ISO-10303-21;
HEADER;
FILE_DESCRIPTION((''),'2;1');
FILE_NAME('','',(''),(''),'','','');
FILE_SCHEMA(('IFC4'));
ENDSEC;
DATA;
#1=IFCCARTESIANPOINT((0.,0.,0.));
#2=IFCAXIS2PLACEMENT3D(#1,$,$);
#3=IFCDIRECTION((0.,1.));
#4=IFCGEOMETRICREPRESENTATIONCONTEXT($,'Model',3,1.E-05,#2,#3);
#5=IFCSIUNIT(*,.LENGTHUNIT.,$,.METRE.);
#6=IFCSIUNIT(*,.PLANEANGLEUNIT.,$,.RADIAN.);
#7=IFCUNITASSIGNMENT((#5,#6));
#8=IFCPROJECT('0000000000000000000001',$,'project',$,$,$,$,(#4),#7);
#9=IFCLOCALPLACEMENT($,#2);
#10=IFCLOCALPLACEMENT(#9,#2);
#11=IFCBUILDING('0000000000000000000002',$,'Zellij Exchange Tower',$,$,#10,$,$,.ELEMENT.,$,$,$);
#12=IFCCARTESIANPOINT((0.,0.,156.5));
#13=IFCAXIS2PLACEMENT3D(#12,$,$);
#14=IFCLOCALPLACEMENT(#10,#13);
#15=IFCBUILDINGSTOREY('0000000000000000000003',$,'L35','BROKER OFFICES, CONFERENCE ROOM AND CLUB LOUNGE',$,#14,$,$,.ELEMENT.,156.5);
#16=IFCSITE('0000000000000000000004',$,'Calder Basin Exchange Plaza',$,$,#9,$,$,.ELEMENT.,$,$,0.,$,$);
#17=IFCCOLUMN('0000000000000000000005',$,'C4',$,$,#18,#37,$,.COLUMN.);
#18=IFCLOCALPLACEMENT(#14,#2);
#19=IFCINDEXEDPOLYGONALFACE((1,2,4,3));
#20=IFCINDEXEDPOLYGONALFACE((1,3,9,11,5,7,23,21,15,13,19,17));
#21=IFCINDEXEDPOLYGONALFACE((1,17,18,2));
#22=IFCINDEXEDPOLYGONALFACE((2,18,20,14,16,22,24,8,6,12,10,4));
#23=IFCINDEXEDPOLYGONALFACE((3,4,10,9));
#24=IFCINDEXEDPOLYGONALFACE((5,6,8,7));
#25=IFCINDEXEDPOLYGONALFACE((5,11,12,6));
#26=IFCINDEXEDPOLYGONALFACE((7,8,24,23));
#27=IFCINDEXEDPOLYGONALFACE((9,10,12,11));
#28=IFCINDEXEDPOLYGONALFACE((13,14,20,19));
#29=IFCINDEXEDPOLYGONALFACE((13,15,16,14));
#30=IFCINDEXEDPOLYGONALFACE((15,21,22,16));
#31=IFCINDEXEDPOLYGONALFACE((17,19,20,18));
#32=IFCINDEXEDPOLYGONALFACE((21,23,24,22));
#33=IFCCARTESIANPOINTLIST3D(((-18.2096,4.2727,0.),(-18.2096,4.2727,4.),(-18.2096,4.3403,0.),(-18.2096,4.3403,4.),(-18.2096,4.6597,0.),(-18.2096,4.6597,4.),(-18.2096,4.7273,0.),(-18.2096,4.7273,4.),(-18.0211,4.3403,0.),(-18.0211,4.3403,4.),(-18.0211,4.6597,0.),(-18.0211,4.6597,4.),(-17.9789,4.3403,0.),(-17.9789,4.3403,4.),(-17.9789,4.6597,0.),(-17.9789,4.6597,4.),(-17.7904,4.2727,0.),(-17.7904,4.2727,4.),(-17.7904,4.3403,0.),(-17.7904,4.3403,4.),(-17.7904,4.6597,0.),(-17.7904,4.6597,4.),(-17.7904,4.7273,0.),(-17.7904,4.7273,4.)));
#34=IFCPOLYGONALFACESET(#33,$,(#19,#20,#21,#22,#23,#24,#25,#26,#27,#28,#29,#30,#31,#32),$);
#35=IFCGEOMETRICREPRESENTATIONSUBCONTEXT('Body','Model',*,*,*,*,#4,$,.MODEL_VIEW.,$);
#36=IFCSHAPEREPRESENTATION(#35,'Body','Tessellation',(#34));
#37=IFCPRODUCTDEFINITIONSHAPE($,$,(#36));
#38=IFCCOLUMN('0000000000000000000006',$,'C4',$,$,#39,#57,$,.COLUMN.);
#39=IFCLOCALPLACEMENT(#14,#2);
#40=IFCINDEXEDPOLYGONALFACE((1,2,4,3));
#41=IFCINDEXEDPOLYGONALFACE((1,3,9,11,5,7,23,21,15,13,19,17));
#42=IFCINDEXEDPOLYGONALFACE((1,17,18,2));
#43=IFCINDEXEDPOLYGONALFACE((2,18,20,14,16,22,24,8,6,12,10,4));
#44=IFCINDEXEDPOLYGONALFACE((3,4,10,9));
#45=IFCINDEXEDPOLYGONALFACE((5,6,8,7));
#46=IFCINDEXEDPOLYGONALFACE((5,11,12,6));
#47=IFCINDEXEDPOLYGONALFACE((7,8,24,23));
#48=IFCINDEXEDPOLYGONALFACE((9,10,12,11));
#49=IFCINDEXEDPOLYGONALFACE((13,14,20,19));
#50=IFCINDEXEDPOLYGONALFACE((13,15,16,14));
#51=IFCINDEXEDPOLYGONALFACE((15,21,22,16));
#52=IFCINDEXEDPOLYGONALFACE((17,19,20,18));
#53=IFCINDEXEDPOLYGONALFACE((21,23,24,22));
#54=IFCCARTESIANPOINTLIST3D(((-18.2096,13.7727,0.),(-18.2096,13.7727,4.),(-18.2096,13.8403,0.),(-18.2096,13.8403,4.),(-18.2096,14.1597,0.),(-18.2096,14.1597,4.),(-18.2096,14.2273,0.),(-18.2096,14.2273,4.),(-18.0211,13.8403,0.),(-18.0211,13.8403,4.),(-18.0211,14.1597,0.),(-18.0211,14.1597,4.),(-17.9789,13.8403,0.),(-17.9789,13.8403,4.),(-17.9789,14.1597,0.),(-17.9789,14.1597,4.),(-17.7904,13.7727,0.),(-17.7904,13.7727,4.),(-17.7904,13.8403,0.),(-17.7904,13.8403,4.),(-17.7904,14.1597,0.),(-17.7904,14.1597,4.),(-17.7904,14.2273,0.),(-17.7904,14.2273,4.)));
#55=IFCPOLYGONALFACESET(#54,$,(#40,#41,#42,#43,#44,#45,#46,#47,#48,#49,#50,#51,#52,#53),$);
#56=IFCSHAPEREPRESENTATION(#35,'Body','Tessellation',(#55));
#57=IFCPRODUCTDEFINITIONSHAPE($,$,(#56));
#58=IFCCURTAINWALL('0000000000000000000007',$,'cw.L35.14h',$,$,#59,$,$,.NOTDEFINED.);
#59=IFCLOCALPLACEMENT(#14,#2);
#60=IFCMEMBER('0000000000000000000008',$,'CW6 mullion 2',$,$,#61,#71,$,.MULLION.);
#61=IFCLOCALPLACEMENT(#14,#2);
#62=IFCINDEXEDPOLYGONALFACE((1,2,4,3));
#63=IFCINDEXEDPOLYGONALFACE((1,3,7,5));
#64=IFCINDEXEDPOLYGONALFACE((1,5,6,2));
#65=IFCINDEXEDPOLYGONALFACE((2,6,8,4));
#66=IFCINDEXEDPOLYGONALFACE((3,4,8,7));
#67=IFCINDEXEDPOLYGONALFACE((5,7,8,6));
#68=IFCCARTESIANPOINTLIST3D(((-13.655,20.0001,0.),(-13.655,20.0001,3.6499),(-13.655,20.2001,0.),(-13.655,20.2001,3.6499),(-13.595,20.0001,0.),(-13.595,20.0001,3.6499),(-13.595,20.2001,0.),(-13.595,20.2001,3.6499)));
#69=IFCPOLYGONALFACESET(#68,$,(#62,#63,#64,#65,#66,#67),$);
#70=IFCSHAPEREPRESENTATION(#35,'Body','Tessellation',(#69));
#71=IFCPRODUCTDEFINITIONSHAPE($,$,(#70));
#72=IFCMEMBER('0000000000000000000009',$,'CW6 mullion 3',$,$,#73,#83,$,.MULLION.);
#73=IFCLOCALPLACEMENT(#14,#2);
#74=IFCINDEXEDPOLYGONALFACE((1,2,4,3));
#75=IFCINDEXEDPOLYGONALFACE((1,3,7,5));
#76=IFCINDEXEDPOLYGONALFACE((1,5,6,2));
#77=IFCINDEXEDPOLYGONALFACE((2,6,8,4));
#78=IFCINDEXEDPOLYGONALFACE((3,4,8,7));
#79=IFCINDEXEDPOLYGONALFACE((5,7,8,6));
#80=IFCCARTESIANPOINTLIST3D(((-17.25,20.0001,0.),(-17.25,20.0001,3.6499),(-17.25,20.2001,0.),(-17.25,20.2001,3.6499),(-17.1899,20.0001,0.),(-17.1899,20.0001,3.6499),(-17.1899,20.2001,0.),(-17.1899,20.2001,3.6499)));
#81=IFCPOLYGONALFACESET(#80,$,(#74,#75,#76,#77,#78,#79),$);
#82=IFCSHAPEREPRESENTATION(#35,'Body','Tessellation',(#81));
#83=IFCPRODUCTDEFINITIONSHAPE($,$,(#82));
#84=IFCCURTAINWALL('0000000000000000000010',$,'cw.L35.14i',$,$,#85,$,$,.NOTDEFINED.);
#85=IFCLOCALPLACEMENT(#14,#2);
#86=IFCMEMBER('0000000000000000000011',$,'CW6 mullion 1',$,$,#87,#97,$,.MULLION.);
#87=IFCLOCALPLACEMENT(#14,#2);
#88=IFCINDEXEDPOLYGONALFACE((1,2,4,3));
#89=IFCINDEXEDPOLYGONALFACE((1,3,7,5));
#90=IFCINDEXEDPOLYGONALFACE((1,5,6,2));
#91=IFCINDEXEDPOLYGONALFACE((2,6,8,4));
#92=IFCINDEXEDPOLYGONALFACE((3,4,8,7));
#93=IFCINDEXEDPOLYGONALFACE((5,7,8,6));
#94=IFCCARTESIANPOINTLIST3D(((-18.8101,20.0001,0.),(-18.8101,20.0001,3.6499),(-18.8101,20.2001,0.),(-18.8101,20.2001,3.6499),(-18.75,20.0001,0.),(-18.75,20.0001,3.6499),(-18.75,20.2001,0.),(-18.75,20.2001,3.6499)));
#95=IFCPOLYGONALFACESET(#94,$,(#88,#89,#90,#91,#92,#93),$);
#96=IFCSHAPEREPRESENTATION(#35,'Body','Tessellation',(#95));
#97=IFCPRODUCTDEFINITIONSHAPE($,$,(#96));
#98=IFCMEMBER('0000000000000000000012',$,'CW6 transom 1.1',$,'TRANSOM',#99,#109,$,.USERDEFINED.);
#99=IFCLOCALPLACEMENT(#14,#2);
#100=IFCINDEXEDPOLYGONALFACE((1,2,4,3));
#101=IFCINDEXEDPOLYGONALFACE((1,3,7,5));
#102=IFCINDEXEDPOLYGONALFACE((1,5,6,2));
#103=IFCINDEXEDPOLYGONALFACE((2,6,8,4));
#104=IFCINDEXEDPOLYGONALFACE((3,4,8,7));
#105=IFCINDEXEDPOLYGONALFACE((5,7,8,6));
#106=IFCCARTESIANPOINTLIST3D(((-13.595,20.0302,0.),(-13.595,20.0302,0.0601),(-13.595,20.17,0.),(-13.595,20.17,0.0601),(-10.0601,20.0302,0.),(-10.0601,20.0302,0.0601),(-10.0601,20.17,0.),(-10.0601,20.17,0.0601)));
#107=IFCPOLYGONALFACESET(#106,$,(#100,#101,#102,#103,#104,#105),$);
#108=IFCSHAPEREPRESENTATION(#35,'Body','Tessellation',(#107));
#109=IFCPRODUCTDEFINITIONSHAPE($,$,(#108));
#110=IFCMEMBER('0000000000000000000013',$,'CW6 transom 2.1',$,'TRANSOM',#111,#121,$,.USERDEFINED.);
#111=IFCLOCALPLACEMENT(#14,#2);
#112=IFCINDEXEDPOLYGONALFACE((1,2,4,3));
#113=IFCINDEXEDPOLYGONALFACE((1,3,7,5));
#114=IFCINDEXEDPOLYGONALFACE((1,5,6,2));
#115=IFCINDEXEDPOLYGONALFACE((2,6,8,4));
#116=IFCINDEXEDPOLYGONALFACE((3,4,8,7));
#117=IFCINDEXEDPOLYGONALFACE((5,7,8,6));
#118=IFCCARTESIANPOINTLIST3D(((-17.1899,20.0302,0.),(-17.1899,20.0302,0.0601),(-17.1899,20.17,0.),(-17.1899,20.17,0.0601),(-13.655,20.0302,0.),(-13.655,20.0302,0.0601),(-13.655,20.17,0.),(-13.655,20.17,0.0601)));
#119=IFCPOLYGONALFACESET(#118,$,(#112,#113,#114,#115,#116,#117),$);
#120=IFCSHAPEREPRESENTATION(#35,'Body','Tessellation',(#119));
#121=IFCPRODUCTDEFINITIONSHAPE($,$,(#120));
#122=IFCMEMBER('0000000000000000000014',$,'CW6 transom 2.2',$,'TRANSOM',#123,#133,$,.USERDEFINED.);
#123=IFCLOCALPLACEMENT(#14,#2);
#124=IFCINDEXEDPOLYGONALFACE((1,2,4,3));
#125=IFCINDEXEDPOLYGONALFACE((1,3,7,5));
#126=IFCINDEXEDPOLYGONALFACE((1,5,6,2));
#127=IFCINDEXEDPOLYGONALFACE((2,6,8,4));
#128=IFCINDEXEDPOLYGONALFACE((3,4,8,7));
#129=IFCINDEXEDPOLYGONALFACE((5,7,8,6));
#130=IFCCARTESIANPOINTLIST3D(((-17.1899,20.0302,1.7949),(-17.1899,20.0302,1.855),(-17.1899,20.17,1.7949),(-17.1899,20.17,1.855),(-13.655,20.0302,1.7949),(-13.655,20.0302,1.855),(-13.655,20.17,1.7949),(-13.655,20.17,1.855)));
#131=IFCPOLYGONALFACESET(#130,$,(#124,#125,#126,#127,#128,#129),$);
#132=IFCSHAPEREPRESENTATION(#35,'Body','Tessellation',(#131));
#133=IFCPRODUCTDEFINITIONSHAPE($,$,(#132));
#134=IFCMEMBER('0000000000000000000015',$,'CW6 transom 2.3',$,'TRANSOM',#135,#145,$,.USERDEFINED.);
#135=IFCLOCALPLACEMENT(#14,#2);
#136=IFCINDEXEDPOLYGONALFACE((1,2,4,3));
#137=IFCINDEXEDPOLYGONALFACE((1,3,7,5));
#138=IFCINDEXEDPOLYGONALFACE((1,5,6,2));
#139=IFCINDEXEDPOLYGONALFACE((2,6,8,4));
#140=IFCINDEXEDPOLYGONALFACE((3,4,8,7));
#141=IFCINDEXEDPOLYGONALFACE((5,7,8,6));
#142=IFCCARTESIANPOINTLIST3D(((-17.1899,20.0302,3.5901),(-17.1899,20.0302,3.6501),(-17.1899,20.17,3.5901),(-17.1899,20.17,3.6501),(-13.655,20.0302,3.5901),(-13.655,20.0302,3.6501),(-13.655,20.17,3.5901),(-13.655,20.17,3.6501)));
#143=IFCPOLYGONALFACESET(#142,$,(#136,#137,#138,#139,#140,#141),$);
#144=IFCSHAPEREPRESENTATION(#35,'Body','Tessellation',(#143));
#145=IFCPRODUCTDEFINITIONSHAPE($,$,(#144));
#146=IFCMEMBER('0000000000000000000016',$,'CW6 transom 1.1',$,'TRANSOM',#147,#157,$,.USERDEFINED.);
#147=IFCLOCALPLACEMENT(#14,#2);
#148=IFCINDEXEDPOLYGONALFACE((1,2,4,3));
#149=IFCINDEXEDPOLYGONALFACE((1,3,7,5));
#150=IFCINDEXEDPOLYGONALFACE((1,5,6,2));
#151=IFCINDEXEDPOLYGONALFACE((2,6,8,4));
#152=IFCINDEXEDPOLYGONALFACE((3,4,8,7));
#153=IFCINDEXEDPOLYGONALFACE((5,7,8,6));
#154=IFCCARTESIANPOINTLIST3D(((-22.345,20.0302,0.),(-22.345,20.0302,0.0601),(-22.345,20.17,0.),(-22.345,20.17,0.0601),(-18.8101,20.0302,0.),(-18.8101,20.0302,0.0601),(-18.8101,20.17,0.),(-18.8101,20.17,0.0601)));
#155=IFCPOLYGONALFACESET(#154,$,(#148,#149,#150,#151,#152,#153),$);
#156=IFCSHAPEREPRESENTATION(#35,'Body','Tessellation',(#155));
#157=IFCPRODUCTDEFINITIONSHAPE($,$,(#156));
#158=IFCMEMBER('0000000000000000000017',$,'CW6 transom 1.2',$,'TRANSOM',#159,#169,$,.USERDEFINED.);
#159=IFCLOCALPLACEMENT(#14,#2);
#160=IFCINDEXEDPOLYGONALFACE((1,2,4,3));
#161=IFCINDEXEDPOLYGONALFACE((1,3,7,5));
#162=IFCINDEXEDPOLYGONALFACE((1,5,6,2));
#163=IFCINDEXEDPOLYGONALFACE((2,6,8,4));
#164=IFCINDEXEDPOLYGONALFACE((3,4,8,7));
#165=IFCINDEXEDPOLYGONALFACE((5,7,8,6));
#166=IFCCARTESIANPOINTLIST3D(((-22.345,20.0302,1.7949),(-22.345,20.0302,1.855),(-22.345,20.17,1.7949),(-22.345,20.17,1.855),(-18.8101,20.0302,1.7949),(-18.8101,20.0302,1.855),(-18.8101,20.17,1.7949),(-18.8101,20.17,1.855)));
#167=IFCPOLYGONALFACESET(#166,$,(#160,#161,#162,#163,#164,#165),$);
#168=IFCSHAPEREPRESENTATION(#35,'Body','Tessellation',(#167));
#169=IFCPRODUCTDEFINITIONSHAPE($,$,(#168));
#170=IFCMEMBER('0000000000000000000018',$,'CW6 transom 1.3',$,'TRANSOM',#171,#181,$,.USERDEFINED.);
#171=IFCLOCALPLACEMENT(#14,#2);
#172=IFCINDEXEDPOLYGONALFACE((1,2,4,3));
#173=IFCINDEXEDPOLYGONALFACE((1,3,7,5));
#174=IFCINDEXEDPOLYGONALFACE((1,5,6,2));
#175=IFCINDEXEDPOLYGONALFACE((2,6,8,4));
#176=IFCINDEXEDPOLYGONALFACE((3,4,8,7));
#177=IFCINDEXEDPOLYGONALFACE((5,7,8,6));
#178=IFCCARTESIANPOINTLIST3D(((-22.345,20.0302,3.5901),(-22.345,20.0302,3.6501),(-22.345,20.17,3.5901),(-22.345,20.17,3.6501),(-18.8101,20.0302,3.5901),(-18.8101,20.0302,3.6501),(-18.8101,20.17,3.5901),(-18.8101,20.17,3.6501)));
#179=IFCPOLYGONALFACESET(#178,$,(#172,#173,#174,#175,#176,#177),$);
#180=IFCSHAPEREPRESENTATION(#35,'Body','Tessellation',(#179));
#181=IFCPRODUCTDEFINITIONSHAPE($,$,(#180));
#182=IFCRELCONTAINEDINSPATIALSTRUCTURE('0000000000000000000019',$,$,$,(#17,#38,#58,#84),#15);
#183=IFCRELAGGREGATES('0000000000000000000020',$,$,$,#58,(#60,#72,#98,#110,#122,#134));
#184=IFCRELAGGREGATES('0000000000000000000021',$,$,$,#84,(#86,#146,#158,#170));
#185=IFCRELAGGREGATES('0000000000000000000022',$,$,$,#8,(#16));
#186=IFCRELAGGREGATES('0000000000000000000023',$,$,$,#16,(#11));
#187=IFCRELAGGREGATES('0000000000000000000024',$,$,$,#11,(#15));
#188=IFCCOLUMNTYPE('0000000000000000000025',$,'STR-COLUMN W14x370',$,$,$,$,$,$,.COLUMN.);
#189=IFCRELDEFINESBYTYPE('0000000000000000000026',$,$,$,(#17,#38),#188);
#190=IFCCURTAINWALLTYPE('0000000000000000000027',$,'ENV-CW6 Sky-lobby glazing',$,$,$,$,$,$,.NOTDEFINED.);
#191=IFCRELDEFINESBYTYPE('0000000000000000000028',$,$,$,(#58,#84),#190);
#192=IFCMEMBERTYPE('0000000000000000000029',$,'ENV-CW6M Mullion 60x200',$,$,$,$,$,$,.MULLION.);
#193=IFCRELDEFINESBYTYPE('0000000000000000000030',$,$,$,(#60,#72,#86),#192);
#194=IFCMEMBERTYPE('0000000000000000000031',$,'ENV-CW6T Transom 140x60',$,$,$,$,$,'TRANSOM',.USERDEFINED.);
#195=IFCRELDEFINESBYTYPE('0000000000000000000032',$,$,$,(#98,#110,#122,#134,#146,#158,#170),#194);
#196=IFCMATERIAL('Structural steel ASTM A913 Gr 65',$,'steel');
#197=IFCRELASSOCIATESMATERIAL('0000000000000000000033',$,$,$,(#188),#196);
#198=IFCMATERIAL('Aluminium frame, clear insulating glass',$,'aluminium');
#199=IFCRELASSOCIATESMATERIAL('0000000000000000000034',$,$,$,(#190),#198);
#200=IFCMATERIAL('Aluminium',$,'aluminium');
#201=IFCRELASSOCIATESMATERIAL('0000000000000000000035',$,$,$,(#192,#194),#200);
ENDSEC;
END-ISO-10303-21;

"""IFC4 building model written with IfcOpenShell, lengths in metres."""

from ifc_helpers import new_model, si_unit, direction, frame, origin, origin_2d, place, context, subcontext, project, spatial, rectangle, i_section, extrude, material, material_profile, profile_set, type_object, element, aggregate, save


model = new_model("IFC4")

# Units and contexts
model_context = context("Model", 3, precision=1e-05, world=origin(), true_north=direction((0.0, 1.0)))
body_context = subcontext(model_context, "Body", "Model", "MODEL_VIEW")
ifc_project = project(units=[si_unit("LENGTHUNIT", "METRE"), si_unit("PLANEANGLEUNIT", "RADIAN")], contexts=[model_context])

# Site, building, storey
site_placement = place(None, origin())
site = spatial("IfcSite", under=ifc_project, at=site_placement, Name="Calder Basin Exchange Plaza", CompositionType="ELEMENT", RefElevation=0.0)
building_placement = place(site_placement, origin())
building = spatial("IfcBuilding", under=site, at=building_placement, Name="Zellij Exchange Tower", CompositionType="ELEMENT")
storey_placement = place(building_placement, frame((0.0, 0.0, 156.5)))
storey = spatial("IfcBuildingStorey", under=building, at=storey_placement, Name="L35", Description="BROKER OFFICES, CONFERENCE ROOM AND CLUB LOUNGE", CompositionType="ELEMENT", Elevation=156.5)

# Columns
ifc_material_1 = material(Name="Structural steel ASTM A913 Gr 65", Category="steel")
ifc_material_profile_1 = material_profile(ifc_material_1, i_section(OverallWidth=0.4192, OverallDepth=0.4546, WebThickness=0.0422, FlangeThickness=0.0676, at=origin_2d()), Name="W14x370")
ifc_profile_set_1 = profile_set([ifc_material_profile_1], Name="Structural steel ASTM A913 Gr 65")
column_type_1 = type_object("IfcColumnType", Name="STR-COLUMN W14x370", PredefinedType="COLUMN", material=ifc_profile_set_1)
for number, where, z_axis, x_axis, name in (
    (1, (-18.0, 4.5, 0.0), (0.0, 0.0, 1.0), (1.0, 0.0, 0.0), "C4"),
    (2, (-18.0, 14.0, 0.0), (0.0, 0.0, 1.0), (1.0, 0.0, 0.0), "C4"),
):
    element("IfcColumn", number, at=place(storey_placement, frame(where, z_axis=z_axis, x_axis=x_axis)), inside=storey, type_object=column_type_1, Name=name, PredefinedType="COLUMN", context=body_context, shape_type="SweptSolid", body=[
        extrude(i_section(OverallWidth=0.4192, OverallDepth=0.4546, WebThickness=0.0422, FlangeThickness=0.0676, at=origin_2d()), origin(), (0.0, 0.0, 1.0), 4.0),
    ])

# Curtain wall, members
ifc_material_2 = material(Name="Aluminium frame, clear insulating glass", Category="aluminium")
curtain_wall_type = type_object("IfcCurtainWallType", Name="ENV-CW6 Sky-lobby glazing", PredefinedType="NOTDEFINED", material=ifc_material_2)
curtain_wall_1_placement = place(storey_placement, origin())
curtain_wall_1 = element("IfcCurtainWall", 3, at=curtain_wall_1_placement, inside=storey, type_object=curtain_wall_type, Name="cw.L35.14h", PredefinedType="NOTDEFINED")
ifc_material_3 = material(Name="Aluminium", Category="aluminium")
ifc_material_profile_2 = material_profile(ifc_material_3, rectangle(XDim=0.0601, YDim=0.2, at=origin_2d()), Name="AL 60x200")
ifc_profile_set_2 = profile_set([ifc_material_profile_2], Name="Aluminium")
member_type_1 = type_object("IfcMemberType", Name="ENV-CW6M Mullion 60x200", PredefinedType="MULLION", material=ifc_profile_set_2)
member_1_placement = place(storey_placement, frame((-13.625, 20.1001, 0.0), z_axis=(0.0, 0.0, 1.0), x_axis=(-1.0, 0.0, 0.0)))
member_1 = element("IfcMember", 4, at=member_1_placement, type_object=member_type_1, Name="CW6 mullion 2", PredefinedType="MULLION", context=body_context, shape_type="SweptSolid", body=[
    extrude(rectangle(XDim=0.0601, YDim=0.2, at=origin_2d()), origin(), (0.0, 0.0, 1.0), 3.6499),
])
member_2_placement = place(storey_placement, frame((-17.22, 20.1001, 0.0), z_axis=(0.0, 0.0, 1.0), x_axis=(-1.0, 0.0, 0.0)))
member_2 = element("IfcMember", 5, at=member_2_placement, type_object=member_type_1, Name="CW6 mullion 3", PredefinedType="MULLION", context=body_context, shape_type="SweptSolid", body=[
    extrude(rectangle(XDim=0.0601, YDim=0.2, at=origin_2d()), origin(), (0.0, 0.0, 1.0), 3.6499),
])

# Curtain wall, member
curtain_wall_2_placement = place(storey_placement, origin())
curtain_wall_2 = element("IfcCurtainWall", 6, at=curtain_wall_2_placement, inside=storey, type_object=curtain_wall_type, Name="cw.L35.14i", PredefinedType="NOTDEFINED")
member_3_placement = place(storey_placement, frame((-18.78, 20.1001, 0.0), z_axis=(0.0, 0.0, 1.0), x_axis=(-1.0, 0.0, 0.0)))
member_3 = element("IfcMember", 7, at=member_3_placement, type_object=member_type_1, Name="CW6 mullion 1", PredefinedType="MULLION", context=body_context, shape_type="SweptSolid", body=[
    extrude(rectangle(XDim=0.0601, YDim=0.2, at=origin_2d()), origin(), (0.0, 0.0, 1.0), 3.6499),
])

# Members
ifc_material_profile_3 = material_profile(ifc_material_3, rectangle(XDim=0.1399, YDim=0.0601, at=origin_2d()), Name="AL 140x60")
ifc_profile_set_3 = profile_set([ifc_material_profile_3], Name="Aluminium")
member_type_2 = type_object("IfcMemberType", Name="ENV-CW6T Transom 140x60", ElementType="TRANSOM", PredefinedType="USERDEFINED", material=ifc_profile_set_3)
member_4_placement = place(storey_placement, frame((-10.0601, 20.1001, 0.03), z_axis=(-1.0, 0.0, 0.0), x_axis=(0.0, -1.0, 0.0)))
member_4 = element("IfcMember", 8, at=member_4_placement, type_object=member_type_2, Name="CW6 transom 1.1", ObjectType="TRANSOM", PredefinedType="USERDEFINED", context=body_context, shape_type="SweptSolid", body=[
    extrude(rectangle(XDim=0.1399, YDim=0.0601, at=origin_2d()), origin(), (0.0, 0.0, 1.0), 3.5349),
])
member_5_placement = place(storey_placement, frame((-13.655, 20.1001, 0.03), z_axis=(-1.0, 0.0, 0.0), x_axis=(0.0, -1.0, 0.0)))
member_5 = element("IfcMember", 9, at=member_5_placement, type_object=member_type_2, Name="CW6 transom 2.1", ObjectType="TRANSOM", PredefinedType="USERDEFINED", context=body_context, shape_type="SweptSolid", body=[
    extrude(rectangle(XDim=0.1399, YDim=0.0601, at=origin_2d()), origin(), (0.0, 0.0, 1.0), 3.5349),
])
member_6_placement = place(storey_placement, frame((-13.655, 20.1001, 1.825), z_axis=(-1.0, 0.0, 0.0), x_axis=(0.0, -1.0, 0.0)))
member_6 = element("IfcMember", 10, at=member_6_placement, type_object=member_type_2, Name="CW6 transom 2.2", ObjectType="TRANSOM", PredefinedType="USERDEFINED", context=body_context, shape_type="SweptSolid", body=[
    extrude(rectangle(XDim=0.1399, YDim=0.0601, at=origin_2d()), origin(), (0.0, 0.0, 1.0), 3.5349),
])
member_7_placement = place(storey_placement, frame((-13.655, 20.1001, 3.6201), z_axis=(-1.0, 0.0, 0.0), x_axis=(0.0, -1.0, 0.0)))
member_7 = element("IfcMember", 11, at=member_7_placement, type_object=member_type_2, Name="CW6 transom 2.3", ObjectType="TRANSOM", PredefinedType="USERDEFINED", context=body_context, shape_type="SweptSolid", body=[
    extrude(rectangle(XDim=0.1399, YDim=0.0601, at=origin_2d()), origin(), (0.0, 0.0, 1.0), 3.5349),
])
member_8_placement = place(storey_placement, frame((-18.8101, 20.1001, 0.03), z_axis=(-1.0, 0.0, 0.0), x_axis=(0.0, -1.0, 0.0)))
member_8 = element("IfcMember", 12, at=member_8_placement, type_object=member_type_2, Name="CW6 transom 1.1", ObjectType="TRANSOM", PredefinedType="USERDEFINED", context=body_context, shape_type="SweptSolid", body=[
    extrude(rectangle(XDim=0.1399, YDim=0.0601, at=origin_2d()), origin(), (0.0, 0.0, 1.0), 3.5349),
])
member_9_placement = place(storey_placement, frame((-18.8101, 20.1001, 1.825), z_axis=(-1.0, 0.0, 0.0), x_axis=(0.0, -1.0, 0.0)))
member_9 = element("IfcMember", 13, at=member_9_placement, type_object=member_type_2, Name="CW6 transom 1.2", ObjectType="TRANSOM", PredefinedType="USERDEFINED", context=body_context, shape_type="SweptSolid", body=[
    extrude(rectangle(XDim=0.1399, YDim=0.0601, at=origin_2d()), origin(), (0.0, 0.0, 1.0), 3.5349),
])
member_10_placement = place(storey_placement, frame((-18.8101, 20.1001, 3.6201), z_axis=(-1.0, 0.0, 0.0), x_axis=(0.0, -1.0, 0.0)))
member_10 = element("IfcMember", 14, at=member_10_placement, type_object=member_type_2, Name="CW6 transom 1.3", ObjectType="TRANSOM", PredefinedType="USERDEFINED", context=body_context, shape_type="SweptSolid", body=[
    extrude(rectangle(XDim=0.1399, YDim=0.0601, at=origin_2d()), origin(), (0.0, 0.0, 1.0), 3.5349),
])

aggregate(curtain_wall_1, [member_1, member_2, member_4, member_5, member_6, member_7])
aggregate(curtain_wall_2, [member_3, member_8, member_9, member_10])

save(model, "model.ifc")
